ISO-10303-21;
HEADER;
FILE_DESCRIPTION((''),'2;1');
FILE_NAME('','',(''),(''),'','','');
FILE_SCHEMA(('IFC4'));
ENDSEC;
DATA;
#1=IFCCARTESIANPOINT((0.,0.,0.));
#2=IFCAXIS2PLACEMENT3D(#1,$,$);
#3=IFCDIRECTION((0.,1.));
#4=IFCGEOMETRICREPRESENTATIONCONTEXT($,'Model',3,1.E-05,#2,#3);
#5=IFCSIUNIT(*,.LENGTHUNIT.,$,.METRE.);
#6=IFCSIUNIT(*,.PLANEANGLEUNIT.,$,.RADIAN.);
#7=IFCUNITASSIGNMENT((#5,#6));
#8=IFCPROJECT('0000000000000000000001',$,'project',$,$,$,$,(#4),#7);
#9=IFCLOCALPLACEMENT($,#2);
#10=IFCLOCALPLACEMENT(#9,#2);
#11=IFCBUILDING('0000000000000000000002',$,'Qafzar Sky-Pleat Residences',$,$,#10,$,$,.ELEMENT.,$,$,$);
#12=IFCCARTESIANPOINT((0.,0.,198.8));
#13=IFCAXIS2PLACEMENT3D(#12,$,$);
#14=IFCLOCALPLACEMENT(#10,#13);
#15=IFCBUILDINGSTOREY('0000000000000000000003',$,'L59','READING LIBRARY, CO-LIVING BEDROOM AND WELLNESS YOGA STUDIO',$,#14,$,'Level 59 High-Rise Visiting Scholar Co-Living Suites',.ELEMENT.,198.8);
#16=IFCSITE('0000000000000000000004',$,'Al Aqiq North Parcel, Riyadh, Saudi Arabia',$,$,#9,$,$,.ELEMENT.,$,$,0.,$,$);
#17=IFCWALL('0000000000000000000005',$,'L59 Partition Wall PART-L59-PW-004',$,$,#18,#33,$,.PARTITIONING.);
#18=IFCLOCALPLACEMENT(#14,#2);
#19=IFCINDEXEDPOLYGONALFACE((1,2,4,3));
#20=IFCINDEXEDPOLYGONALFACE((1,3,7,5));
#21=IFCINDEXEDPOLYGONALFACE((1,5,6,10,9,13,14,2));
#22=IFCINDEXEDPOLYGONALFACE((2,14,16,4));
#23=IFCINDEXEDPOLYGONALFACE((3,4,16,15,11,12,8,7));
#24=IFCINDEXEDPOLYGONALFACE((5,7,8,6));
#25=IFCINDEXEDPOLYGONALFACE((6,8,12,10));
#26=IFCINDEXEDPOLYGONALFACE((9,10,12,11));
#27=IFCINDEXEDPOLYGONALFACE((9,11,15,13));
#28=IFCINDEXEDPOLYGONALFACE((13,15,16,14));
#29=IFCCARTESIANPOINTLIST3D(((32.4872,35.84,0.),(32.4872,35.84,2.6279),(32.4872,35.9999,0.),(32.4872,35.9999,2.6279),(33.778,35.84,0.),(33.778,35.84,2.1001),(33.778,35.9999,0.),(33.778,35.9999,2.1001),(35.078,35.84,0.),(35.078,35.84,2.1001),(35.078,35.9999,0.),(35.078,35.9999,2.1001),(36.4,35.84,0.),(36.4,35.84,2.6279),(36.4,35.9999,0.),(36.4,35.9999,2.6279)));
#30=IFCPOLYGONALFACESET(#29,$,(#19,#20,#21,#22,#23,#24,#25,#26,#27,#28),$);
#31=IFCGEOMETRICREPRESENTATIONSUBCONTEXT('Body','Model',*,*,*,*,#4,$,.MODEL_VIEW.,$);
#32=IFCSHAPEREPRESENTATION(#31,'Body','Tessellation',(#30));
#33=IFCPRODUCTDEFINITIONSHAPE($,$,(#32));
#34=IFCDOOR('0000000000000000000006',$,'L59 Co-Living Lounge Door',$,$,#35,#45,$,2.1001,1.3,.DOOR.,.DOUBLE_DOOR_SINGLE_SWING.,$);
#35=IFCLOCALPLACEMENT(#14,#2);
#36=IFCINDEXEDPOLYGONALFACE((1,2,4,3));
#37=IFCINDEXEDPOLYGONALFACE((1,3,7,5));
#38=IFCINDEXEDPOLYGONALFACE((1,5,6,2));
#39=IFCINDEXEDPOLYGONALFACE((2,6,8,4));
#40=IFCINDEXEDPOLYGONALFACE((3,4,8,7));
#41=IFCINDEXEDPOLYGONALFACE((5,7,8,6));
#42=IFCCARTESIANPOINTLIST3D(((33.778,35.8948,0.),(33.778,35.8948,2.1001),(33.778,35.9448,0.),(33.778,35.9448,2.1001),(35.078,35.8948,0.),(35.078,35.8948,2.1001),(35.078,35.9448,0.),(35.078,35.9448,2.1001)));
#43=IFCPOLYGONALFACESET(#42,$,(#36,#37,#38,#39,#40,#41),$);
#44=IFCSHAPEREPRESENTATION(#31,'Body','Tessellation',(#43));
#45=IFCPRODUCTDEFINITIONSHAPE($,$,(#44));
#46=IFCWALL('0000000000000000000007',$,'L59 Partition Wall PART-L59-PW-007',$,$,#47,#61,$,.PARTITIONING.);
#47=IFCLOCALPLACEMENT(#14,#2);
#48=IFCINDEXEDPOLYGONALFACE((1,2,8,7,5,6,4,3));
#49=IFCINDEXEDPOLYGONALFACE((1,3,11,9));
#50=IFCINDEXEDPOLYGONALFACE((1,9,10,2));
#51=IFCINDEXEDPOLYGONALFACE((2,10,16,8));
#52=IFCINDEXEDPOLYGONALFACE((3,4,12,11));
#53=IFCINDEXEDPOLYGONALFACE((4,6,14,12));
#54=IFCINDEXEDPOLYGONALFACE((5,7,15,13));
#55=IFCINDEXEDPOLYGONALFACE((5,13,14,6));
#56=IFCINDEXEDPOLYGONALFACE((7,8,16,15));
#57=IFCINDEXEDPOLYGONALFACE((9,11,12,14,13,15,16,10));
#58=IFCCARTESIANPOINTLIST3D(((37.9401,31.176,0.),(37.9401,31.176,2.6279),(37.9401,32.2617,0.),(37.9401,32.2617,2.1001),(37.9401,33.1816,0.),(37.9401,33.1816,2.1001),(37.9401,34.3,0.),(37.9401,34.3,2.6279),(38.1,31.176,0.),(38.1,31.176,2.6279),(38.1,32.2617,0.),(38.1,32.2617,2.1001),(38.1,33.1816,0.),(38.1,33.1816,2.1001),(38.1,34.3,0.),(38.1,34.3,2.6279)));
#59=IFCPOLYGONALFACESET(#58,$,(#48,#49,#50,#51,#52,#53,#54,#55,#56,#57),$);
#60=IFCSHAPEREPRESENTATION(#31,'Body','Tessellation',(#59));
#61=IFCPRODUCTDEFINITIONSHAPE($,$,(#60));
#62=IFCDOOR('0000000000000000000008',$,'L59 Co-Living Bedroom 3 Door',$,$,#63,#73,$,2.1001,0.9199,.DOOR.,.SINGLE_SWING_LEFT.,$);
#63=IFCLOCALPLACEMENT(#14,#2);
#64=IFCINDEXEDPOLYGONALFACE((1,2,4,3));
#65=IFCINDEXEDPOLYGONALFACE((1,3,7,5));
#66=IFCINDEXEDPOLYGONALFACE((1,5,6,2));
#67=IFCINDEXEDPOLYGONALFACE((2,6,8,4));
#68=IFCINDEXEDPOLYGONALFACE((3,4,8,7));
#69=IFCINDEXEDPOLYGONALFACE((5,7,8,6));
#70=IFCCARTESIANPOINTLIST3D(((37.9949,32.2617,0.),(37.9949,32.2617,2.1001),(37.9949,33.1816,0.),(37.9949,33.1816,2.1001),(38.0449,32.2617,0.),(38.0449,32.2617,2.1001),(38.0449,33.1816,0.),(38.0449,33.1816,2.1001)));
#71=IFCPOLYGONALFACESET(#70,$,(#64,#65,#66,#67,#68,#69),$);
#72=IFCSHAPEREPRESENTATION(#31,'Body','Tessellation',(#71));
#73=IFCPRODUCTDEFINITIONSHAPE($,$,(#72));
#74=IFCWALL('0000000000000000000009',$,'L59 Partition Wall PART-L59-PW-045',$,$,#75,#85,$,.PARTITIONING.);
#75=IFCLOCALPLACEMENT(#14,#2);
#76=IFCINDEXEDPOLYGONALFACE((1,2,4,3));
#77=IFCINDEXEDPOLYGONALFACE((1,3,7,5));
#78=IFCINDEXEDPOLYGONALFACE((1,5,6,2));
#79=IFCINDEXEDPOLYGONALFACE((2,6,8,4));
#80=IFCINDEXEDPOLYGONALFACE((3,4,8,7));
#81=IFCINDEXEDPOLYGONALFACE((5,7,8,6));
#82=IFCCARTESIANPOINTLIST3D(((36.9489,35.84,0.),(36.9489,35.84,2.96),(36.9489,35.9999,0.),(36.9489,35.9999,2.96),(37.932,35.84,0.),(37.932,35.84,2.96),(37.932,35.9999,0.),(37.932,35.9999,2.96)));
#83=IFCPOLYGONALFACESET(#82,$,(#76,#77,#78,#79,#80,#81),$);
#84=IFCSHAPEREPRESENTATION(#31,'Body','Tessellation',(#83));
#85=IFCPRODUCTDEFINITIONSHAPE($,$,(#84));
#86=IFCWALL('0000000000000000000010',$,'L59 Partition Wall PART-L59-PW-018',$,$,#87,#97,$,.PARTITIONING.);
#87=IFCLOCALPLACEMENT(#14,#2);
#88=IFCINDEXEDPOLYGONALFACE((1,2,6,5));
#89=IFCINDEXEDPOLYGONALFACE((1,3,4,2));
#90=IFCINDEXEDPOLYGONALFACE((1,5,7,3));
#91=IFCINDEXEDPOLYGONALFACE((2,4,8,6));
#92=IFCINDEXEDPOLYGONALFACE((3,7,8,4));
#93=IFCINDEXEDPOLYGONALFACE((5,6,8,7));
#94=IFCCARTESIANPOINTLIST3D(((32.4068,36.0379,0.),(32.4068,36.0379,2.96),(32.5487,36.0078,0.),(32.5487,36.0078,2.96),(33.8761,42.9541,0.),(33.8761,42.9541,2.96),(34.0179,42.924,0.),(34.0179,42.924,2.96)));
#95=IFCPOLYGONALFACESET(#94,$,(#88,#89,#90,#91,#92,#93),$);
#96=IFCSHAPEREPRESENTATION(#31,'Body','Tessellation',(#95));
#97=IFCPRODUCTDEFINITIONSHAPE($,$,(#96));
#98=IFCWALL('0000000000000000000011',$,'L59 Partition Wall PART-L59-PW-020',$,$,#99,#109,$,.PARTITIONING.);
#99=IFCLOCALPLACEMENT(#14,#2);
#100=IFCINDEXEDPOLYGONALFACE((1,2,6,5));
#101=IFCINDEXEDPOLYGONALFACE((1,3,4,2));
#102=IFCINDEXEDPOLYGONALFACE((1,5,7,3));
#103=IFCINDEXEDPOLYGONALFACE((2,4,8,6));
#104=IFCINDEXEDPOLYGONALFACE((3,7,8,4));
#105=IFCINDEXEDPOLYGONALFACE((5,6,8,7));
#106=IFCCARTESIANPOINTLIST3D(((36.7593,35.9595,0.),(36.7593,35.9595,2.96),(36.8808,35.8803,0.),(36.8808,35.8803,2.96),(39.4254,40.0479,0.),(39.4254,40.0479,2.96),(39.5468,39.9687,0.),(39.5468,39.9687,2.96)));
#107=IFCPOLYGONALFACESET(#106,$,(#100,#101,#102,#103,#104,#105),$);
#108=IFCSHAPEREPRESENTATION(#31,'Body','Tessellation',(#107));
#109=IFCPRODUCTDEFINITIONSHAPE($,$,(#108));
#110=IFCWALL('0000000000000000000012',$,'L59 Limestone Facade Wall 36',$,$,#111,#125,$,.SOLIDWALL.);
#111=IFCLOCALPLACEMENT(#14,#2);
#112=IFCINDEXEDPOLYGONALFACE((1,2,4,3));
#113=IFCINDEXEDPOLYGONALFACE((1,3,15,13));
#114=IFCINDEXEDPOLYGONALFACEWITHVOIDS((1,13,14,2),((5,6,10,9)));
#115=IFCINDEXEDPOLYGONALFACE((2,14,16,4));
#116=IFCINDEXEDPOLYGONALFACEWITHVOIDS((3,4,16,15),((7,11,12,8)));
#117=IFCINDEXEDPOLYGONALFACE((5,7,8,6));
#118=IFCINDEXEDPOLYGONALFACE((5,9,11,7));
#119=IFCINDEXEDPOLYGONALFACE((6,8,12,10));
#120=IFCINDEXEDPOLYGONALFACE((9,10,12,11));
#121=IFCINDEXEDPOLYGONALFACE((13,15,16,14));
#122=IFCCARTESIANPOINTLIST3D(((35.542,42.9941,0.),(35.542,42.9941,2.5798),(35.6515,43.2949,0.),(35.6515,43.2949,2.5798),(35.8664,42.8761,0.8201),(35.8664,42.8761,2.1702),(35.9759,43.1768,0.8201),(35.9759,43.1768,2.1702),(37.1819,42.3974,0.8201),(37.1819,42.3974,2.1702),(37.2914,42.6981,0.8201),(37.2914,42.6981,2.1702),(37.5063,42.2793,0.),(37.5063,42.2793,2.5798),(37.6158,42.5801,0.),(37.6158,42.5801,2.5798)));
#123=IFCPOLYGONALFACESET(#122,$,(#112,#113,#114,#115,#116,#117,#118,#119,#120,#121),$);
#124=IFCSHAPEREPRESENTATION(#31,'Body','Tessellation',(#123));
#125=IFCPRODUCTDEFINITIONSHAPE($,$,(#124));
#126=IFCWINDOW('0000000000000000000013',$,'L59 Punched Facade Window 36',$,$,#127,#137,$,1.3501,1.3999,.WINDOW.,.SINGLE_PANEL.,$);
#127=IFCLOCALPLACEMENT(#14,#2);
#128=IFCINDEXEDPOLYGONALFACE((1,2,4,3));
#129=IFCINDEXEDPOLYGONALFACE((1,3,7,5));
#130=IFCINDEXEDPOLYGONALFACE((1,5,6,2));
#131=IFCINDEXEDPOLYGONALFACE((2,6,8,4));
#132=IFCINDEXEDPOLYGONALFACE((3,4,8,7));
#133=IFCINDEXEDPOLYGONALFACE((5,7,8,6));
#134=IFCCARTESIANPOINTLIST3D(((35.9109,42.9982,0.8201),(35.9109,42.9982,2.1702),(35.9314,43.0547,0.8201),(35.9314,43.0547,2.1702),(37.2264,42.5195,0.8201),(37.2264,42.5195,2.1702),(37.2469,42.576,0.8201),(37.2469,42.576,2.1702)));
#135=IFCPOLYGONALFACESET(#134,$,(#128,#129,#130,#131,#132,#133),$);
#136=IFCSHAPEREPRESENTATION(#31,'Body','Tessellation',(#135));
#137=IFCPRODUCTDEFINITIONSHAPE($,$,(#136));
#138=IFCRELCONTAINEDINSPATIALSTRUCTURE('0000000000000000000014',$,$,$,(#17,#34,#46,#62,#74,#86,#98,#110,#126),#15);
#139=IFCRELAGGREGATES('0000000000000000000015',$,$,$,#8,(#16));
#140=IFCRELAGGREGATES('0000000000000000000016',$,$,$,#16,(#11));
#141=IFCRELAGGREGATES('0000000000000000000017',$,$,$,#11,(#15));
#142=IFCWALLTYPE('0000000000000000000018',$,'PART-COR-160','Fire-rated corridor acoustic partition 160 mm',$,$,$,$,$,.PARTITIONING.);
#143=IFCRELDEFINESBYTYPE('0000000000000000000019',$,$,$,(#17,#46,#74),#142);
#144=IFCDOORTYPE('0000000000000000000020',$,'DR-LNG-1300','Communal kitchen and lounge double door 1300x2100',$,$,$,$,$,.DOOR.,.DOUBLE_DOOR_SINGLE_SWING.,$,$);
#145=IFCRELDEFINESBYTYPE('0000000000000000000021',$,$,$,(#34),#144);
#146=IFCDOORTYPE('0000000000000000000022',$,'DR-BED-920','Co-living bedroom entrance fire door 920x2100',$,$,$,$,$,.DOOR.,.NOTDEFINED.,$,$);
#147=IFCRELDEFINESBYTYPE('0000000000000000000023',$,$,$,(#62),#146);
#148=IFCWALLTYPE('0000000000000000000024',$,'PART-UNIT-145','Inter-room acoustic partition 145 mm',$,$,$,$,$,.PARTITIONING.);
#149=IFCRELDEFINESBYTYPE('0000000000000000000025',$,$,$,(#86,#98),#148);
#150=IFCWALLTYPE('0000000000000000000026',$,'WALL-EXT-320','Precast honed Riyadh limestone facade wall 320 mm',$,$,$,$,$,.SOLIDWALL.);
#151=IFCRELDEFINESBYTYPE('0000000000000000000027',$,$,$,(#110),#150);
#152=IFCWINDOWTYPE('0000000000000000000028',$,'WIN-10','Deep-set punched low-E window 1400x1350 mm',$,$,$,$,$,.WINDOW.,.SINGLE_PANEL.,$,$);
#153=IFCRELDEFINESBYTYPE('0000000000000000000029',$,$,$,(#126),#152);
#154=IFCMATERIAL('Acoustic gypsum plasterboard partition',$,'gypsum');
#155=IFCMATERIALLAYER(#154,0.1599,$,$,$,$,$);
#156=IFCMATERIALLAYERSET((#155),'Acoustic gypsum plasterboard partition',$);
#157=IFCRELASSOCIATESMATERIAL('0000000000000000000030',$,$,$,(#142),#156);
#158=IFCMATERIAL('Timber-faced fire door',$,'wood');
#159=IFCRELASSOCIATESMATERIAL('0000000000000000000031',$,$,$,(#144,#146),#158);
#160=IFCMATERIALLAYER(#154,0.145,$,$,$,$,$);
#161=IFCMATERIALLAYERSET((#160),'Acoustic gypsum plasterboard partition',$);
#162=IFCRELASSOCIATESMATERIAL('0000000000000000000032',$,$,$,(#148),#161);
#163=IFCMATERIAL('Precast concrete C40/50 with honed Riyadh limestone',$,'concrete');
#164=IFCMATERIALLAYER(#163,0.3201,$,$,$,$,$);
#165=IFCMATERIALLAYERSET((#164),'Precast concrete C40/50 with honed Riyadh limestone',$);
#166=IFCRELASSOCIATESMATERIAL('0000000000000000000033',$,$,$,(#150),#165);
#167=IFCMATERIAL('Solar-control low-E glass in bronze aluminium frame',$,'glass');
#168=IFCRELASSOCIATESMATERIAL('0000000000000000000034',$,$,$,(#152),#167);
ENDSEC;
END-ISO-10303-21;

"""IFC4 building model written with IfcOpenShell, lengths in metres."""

from ifc_helpers import new_model, si_unit, direction, frame, frame_2d, origin, place, context, subcontext, project, spatial, rectangle, extrude, source, transform, mapped, material, layer, layer_set, type_object, element, fill, save


model = new_model("IFC4")

# Units and contexts
model_context = context("Model", 3, precision=1e-05, world=origin(), true_north=direction((0.0, 1.0)))
body_context = subcontext(model_context, "Body", "Model", "MODEL_VIEW")
ifc_project = project(units=[si_unit("LENGTHUNIT", "METRE"), si_unit("PLANEANGLEUNIT", "RADIAN")], contexts=[model_context])

# Site, building, storey
site_placement = place(None, origin())
site = spatial("IfcSite", under=ifc_project, at=site_placement, Name="Al Aqiq North Parcel, Riyadh, Saudi Arabia", CompositionType="ELEMENT", RefElevation=0.0)
building_placement = place(site_placement, origin())
building = spatial("IfcBuilding", under=site, at=building_placement, Name="Qafzar Sky-Pleat Residences", CompositionType="ELEMENT")
storey_placement = place(building_placement, frame((0.0, 0.0, 198.8)))
storey = spatial("IfcBuildingStorey", under=building, at=storey_placement, Name="L59", Description="READING LIBRARY, CO-LIVING BEDROOM AND WELLNESS YOGA STUDIO", LongName="Level 59 High-Rise Visiting Scholar Co-Living Suites", CompositionType="ELEMENT", Elevation=198.8)

# Walls, openings, doors
ifc_material_1 = material(Name="Acoustic gypsum plasterboard partition", Category="gypsum")
ifc_layer_1 = layer(ifc_material_1, 0.1599)
ifc_layer_set_1 = layer_set([ifc_layer_1], Name="Acoustic gypsum plasterboard partition")
wall_type_1 = type_object("IfcWallType", Name="PART-COR-160", Description="Fire-rated corridor acoustic partition 160 mm", PredefinedType="PARTITIONING", material=ifc_layer_set_1)
wall_1_placement = place(storey_placement, frame((32.4871, 35.9199, 0.0), z_axis=(0.0, 0.0, 1.0), x_axis=(1.0, 0.0, 0.0)))
wall_1 = element("IfcWall", 1, at=wall_1_placement, inside=storey, type_object=wall_type_1, Name="L59 Partition Wall PART-L59-PW-004", PredefinedType="PARTITIONING", context=body_context, shape_type="SweptSolid", body=[
    extrude(rectangle(XDim=3.9128, YDim=0.1599, at=frame_2d((1.9565, 0.0))), origin(), (0.0, 0.0, 1.0), 2.6279),
])
opening_1_placement = place(wall_1_placement, frame((1.291, 0.0, 0.0)))
opening_1 = element("IfcOpeningElement", 2, at=opening_1_placement, cuts=wall_1, PredefinedType="OPENING", context=body_context, shape_type="SweptSolid", body=[
    extrude(rectangle(XDim=1.3, YDim=2.1001, at=frame_2d((0.6499, 1.05))), frame((0.0, 0.0898, 0.0), z_axis=(0.0, -1.0, 0.0), x_axis=(1.0, 0.0, 0.0)), (0.0, 0.0, 1.0), 0.1799),
])
ifc_material_2 = material(Name="Timber-faced fire door", Category="wood")
door_type_1 = type_object("IfcDoorType", Name="DR-LNG-1300", Description="Communal kitchen and lounge double door 1300x2100", OperationType="DOUBLE_DOOR_SINGLE_SWING", PredefinedType="DOOR", material=ifc_material_2)
shared_shape_1 = source(origin(), body_context, "Body", "SweptSolid", [
    extrude(rectangle(XDim=1.3, YDim=2.1001, at=frame_2d((0.6499, 1.05))), frame((0.0, 0.0249, 0.0), z_axis=(0.0, -1.0, 0.0), x_axis=(1.0, 0.0, 0.0)), (0.0, 0.0, 1.0), 0.05),
])
door_1_placement = place(opening_1_placement, origin())
door_1 = element("IfcDoor", 3, at=door_1_placement, inside=storey, type_object=door_type_1, Name="L59 Co-Living Lounge Door", OperationType="DOUBLE_DOOR_SINGLE_SWING", OverallHeight=2.1001, OverallWidth=1.3, PredefinedType="DOOR", context=body_context, shape_type="MappedRepresentation", body=[
    mapped(shared_shape_1, transform((0.0, 0.0, 0.0), x_axis=(1.0, 0.0, 0.0), y_axis=(0.0, 1.0, 0.0), z_axis=(0.0, 0.0, 1.0), scale=1.0)),
])
fill(opening_1, door_1)
wall_2_placement = place(storey_placement, frame((38.02, 34.3, 0.0), z_axis=(0.0, 0.0, 1.0), x_axis=(0.0, -1.0, 0.0)))
wall_2 = element("IfcWall", 4, at=wall_2_placement, inside=storey, type_object=wall_type_1, Name="L59 Partition Wall PART-L59-PW-007", PredefinedType="PARTITIONING", context=body_context, shape_type="SweptSolid", body=[
    extrude(rectangle(XDim=3.124, YDim=0.1599, at=frame_2d((1.562, 0.0))), origin(), (0.0, 0.0, 1.0), 2.6279),
])
opening_2_placement = place(wall_2_placement, frame((1.1184, 0.0, 0.0)))
opening_2 = element("IfcOpeningElement", 5, at=opening_2_placement, cuts=wall_2, PredefinedType="OPENING", context=body_context, shape_type="SweptSolid", body=[
    extrude(rectangle(XDim=0.9199, YDim=2.1001, at=frame_2d((0.46, 1.05))), frame((0.0, 0.0898, 0.0), z_axis=(0.0, -1.0, 0.0), x_axis=(1.0, 0.0, 0.0)), (0.0, 0.0, 1.0), 0.1799),
])
door_type_2 = type_object("IfcDoorType", Name="DR-BED-920", Description="Co-living bedroom entrance fire door 920x2100", OperationType="NOTDEFINED", PredefinedType="DOOR", material=ifc_material_2)
shared_shape_2 = source(origin(), body_context, "Body", "SweptSolid", [
    extrude(rectangle(XDim=0.9199, YDim=2.1001, at=frame_2d((0.46, 1.05))), frame((0.0, 0.0249, 0.0), z_axis=(0.0, -1.0, 0.0), x_axis=(1.0, 0.0, 0.0)), (0.0, 0.0, 1.0), 0.05),
])
door_2_placement = place(opening_2_placement, origin())
door_2 = element("IfcDoor", 6, at=door_2_placement, inside=storey, type_object=door_type_2, Name="L59 Co-Living Bedroom 3 Door", OperationType="SINGLE_SWING_LEFT", OverallHeight=2.1001, OverallWidth=0.9199, PredefinedType="DOOR", context=body_context, shape_type="MappedRepresentation", body=[
    mapped(shared_shape_2, transform((0.0, 0.0, 0.0), x_axis=(1.0, 0.0, 0.0), y_axis=(0.0, 1.0, 0.0), z_axis=(0.0, 0.0, 1.0), scale=1.0)),
])
fill(opening_2, door_2)

# Walls
wall_3_placement = place(storey_placement, frame((36.9487, 35.9199, 0.0), z_axis=(0.0, 0.0, 1.0), x_axis=(1.0, 0.0, 0.0)))
element("IfcWall", 7, at=wall_3_placement, inside=storey, type_object=wall_type_1, Name="L59 Partition Wall PART-L59-PW-045", PredefinedType="PARTITIONING", context=body_context, shape_type="SweptSolid", body=[
    extrude(rectangle(XDim=0.9832, YDim=0.1599, at=frame_2d((0.4917, 0.0))), origin(), (0.0, 0.0, 1.0), 2.96),
])
ifc_layer_2 = layer(ifc_material_1, 0.145)
ifc_layer_set_2 = layer_set([ifc_layer_2], Name="Acoustic gypsum plasterboard partition")
wall_type_2 = type_object("IfcWallType", Name="PART-UNIT-145", Description="Inter-room acoustic partition 145 mm", PredefinedType="PARTITIONING", material=ifc_layer_set_2)
wall_4_placement = place(storey_placement, frame((32.4778, 36.0229, 0.0), z_axis=(0.0, 0.0, 1.0), x_axis=(0.207796, 0.978172, 0.0)))
element("IfcWall", 8, at=wall_4_placement, inside=storey, type_object=wall_type_2, Name="L59 Partition Wall PART-L59-PW-018", PredefinedType="PARTITIONING", context=body_context, shape_type="SweptSolid", body=[
    extrude(rectangle(XDim=7.0706, YDim=0.145, at=frame_2d((3.5352, 0.0))), origin(), (0.0, 0.0, 1.0), 2.96),
])
wall_5_placement = place(storey_placement, frame((36.8201, 35.9199, 0.0), z_axis=(0.0, 0.0, 1.0), x_axis=(0.546222, 0.83764, 0.0)))
element("IfcWall", 9, at=wall_5_placement, inside=storey, type_object=wall_type_2, Name="L59 Partition Wall PART-L59-PW-020", PredefinedType="PARTITIONING", context=body_context, shape_type="SweptSolid", body=[
    extrude(rectangle(XDim=4.8809, YDim=0.145, at=frame_2d((2.4404, 0.0))), origin(), (0.0, 0.0, 1.0), 2.96),
])

# Wall, opening, window
ifc_material_3 = material(Name="Precast concrete C40/50 with honed Riyadh limestone", Category="concrete")
ifc_layer_3 = layer(ifc_material_3, 0.3201)
ifc_layer_set_3 = layer_set([ifc_layer_3], Name="Precast concrete C40/50 with honed Riyadh limestone")
wall_type_3 = type_object("IfcWallType", Name="WALL-EXT-320", Description="Precast honed Riyadh limestone facade wall 320 mm", PredefinedType="SOLIDWALL", material=ifc_layer_set_3)
wall_6_placement = place(storey_placement, frame((37.561, 42.4297, 0.0), z_axis=(0.0, 0.0, 1.0), x_axis=(-0.939712, 0.341968, 0.0)))
wall_6 = element("IfcWall", 10, at=wall_6_placement, inside=storey, type_object=wall_type_3, Name="L59 Limestone Facade Wall 36", PredefinedType="SOLIDWALL", context=body_context, shape_type="SweptSolid", body=[
    extrude(rectangle(XDim=2.0903, YDim=0.3201, at=frame_2d((1.0452, 0.0))), origin(), (0.0, 0.0, 1.0), 2.5798),
])
opening_3_placement = place(wall_6_placement, frame((0.3452, 0.0, 0.8201)))
opening_3 = element("IfcOpeningElement", 11, at=opening_3_placement, cuts=wall_6, PredefinedType="OPENING", context=body_context, shape_type="SweptSolid", body=[
    extrude(rectangle(XDim=1.3999, YDim=1.3501, at=frame_2d((0.7, 0.675))), frame((0.0, 0.1699, 0.0), z_axis=(0.0, -1.0, 0.0), x_axis=(1.0, 0.0, 0.0)), (0.0, 0.0, 1.0), 0.3401),
])
ifc_material_4 = material(Name="Solar-control low-E glass in bronze aluminium frame", Category="glass")
window_type_1 = type_object("IfcWindowType", Name="WIN-10", Description="Deep-set punched low-E window 1400x1350 mm", PartitioningType="SINGLE_PANEL", PredefinedType="WINDOW", material=ifc_material_4)
shared_shape_3 = source(origin(), body_context, "Body", "SweptSolid", [
    extrude(rectangle(XDim=1.3999, YDim=1.3501, at=frame_2d((0.7, 0.675))), frame((0.0, 0.03, 0.0), z_axis=(0.0, -1.0, 0.0), x_axis=(1.0, 0.0, 0.0)), (0.0, 0.0, 1.0), 0.0601),
])
window_1_placement = place(opening_3_placement, origin())
window_1 = element("IfcWindow", 12, at=window_1_placement, inside=storey, type_object=window_type_1, Name="L59 Punched Facade Window 36", OverallHeight=1.3501, OverallWidth=1.3999, PartitioningType="SINGLE_PANEL", PredefinedType="WINDOW", context=body_context, shape_type="MappedRepresentation", body=[
    mapped(shared_shape_3, transform((0.0, 0.0, 0.0), x_axis=(1.0, 0.0, 0.0), y_axis=(0.0, 1.0, 0.0), z_axis=(0.0, 0.0, 1.0), scale=1.0)),
])
fill(opening_3, window_1)

save(model, "model.ifc")
